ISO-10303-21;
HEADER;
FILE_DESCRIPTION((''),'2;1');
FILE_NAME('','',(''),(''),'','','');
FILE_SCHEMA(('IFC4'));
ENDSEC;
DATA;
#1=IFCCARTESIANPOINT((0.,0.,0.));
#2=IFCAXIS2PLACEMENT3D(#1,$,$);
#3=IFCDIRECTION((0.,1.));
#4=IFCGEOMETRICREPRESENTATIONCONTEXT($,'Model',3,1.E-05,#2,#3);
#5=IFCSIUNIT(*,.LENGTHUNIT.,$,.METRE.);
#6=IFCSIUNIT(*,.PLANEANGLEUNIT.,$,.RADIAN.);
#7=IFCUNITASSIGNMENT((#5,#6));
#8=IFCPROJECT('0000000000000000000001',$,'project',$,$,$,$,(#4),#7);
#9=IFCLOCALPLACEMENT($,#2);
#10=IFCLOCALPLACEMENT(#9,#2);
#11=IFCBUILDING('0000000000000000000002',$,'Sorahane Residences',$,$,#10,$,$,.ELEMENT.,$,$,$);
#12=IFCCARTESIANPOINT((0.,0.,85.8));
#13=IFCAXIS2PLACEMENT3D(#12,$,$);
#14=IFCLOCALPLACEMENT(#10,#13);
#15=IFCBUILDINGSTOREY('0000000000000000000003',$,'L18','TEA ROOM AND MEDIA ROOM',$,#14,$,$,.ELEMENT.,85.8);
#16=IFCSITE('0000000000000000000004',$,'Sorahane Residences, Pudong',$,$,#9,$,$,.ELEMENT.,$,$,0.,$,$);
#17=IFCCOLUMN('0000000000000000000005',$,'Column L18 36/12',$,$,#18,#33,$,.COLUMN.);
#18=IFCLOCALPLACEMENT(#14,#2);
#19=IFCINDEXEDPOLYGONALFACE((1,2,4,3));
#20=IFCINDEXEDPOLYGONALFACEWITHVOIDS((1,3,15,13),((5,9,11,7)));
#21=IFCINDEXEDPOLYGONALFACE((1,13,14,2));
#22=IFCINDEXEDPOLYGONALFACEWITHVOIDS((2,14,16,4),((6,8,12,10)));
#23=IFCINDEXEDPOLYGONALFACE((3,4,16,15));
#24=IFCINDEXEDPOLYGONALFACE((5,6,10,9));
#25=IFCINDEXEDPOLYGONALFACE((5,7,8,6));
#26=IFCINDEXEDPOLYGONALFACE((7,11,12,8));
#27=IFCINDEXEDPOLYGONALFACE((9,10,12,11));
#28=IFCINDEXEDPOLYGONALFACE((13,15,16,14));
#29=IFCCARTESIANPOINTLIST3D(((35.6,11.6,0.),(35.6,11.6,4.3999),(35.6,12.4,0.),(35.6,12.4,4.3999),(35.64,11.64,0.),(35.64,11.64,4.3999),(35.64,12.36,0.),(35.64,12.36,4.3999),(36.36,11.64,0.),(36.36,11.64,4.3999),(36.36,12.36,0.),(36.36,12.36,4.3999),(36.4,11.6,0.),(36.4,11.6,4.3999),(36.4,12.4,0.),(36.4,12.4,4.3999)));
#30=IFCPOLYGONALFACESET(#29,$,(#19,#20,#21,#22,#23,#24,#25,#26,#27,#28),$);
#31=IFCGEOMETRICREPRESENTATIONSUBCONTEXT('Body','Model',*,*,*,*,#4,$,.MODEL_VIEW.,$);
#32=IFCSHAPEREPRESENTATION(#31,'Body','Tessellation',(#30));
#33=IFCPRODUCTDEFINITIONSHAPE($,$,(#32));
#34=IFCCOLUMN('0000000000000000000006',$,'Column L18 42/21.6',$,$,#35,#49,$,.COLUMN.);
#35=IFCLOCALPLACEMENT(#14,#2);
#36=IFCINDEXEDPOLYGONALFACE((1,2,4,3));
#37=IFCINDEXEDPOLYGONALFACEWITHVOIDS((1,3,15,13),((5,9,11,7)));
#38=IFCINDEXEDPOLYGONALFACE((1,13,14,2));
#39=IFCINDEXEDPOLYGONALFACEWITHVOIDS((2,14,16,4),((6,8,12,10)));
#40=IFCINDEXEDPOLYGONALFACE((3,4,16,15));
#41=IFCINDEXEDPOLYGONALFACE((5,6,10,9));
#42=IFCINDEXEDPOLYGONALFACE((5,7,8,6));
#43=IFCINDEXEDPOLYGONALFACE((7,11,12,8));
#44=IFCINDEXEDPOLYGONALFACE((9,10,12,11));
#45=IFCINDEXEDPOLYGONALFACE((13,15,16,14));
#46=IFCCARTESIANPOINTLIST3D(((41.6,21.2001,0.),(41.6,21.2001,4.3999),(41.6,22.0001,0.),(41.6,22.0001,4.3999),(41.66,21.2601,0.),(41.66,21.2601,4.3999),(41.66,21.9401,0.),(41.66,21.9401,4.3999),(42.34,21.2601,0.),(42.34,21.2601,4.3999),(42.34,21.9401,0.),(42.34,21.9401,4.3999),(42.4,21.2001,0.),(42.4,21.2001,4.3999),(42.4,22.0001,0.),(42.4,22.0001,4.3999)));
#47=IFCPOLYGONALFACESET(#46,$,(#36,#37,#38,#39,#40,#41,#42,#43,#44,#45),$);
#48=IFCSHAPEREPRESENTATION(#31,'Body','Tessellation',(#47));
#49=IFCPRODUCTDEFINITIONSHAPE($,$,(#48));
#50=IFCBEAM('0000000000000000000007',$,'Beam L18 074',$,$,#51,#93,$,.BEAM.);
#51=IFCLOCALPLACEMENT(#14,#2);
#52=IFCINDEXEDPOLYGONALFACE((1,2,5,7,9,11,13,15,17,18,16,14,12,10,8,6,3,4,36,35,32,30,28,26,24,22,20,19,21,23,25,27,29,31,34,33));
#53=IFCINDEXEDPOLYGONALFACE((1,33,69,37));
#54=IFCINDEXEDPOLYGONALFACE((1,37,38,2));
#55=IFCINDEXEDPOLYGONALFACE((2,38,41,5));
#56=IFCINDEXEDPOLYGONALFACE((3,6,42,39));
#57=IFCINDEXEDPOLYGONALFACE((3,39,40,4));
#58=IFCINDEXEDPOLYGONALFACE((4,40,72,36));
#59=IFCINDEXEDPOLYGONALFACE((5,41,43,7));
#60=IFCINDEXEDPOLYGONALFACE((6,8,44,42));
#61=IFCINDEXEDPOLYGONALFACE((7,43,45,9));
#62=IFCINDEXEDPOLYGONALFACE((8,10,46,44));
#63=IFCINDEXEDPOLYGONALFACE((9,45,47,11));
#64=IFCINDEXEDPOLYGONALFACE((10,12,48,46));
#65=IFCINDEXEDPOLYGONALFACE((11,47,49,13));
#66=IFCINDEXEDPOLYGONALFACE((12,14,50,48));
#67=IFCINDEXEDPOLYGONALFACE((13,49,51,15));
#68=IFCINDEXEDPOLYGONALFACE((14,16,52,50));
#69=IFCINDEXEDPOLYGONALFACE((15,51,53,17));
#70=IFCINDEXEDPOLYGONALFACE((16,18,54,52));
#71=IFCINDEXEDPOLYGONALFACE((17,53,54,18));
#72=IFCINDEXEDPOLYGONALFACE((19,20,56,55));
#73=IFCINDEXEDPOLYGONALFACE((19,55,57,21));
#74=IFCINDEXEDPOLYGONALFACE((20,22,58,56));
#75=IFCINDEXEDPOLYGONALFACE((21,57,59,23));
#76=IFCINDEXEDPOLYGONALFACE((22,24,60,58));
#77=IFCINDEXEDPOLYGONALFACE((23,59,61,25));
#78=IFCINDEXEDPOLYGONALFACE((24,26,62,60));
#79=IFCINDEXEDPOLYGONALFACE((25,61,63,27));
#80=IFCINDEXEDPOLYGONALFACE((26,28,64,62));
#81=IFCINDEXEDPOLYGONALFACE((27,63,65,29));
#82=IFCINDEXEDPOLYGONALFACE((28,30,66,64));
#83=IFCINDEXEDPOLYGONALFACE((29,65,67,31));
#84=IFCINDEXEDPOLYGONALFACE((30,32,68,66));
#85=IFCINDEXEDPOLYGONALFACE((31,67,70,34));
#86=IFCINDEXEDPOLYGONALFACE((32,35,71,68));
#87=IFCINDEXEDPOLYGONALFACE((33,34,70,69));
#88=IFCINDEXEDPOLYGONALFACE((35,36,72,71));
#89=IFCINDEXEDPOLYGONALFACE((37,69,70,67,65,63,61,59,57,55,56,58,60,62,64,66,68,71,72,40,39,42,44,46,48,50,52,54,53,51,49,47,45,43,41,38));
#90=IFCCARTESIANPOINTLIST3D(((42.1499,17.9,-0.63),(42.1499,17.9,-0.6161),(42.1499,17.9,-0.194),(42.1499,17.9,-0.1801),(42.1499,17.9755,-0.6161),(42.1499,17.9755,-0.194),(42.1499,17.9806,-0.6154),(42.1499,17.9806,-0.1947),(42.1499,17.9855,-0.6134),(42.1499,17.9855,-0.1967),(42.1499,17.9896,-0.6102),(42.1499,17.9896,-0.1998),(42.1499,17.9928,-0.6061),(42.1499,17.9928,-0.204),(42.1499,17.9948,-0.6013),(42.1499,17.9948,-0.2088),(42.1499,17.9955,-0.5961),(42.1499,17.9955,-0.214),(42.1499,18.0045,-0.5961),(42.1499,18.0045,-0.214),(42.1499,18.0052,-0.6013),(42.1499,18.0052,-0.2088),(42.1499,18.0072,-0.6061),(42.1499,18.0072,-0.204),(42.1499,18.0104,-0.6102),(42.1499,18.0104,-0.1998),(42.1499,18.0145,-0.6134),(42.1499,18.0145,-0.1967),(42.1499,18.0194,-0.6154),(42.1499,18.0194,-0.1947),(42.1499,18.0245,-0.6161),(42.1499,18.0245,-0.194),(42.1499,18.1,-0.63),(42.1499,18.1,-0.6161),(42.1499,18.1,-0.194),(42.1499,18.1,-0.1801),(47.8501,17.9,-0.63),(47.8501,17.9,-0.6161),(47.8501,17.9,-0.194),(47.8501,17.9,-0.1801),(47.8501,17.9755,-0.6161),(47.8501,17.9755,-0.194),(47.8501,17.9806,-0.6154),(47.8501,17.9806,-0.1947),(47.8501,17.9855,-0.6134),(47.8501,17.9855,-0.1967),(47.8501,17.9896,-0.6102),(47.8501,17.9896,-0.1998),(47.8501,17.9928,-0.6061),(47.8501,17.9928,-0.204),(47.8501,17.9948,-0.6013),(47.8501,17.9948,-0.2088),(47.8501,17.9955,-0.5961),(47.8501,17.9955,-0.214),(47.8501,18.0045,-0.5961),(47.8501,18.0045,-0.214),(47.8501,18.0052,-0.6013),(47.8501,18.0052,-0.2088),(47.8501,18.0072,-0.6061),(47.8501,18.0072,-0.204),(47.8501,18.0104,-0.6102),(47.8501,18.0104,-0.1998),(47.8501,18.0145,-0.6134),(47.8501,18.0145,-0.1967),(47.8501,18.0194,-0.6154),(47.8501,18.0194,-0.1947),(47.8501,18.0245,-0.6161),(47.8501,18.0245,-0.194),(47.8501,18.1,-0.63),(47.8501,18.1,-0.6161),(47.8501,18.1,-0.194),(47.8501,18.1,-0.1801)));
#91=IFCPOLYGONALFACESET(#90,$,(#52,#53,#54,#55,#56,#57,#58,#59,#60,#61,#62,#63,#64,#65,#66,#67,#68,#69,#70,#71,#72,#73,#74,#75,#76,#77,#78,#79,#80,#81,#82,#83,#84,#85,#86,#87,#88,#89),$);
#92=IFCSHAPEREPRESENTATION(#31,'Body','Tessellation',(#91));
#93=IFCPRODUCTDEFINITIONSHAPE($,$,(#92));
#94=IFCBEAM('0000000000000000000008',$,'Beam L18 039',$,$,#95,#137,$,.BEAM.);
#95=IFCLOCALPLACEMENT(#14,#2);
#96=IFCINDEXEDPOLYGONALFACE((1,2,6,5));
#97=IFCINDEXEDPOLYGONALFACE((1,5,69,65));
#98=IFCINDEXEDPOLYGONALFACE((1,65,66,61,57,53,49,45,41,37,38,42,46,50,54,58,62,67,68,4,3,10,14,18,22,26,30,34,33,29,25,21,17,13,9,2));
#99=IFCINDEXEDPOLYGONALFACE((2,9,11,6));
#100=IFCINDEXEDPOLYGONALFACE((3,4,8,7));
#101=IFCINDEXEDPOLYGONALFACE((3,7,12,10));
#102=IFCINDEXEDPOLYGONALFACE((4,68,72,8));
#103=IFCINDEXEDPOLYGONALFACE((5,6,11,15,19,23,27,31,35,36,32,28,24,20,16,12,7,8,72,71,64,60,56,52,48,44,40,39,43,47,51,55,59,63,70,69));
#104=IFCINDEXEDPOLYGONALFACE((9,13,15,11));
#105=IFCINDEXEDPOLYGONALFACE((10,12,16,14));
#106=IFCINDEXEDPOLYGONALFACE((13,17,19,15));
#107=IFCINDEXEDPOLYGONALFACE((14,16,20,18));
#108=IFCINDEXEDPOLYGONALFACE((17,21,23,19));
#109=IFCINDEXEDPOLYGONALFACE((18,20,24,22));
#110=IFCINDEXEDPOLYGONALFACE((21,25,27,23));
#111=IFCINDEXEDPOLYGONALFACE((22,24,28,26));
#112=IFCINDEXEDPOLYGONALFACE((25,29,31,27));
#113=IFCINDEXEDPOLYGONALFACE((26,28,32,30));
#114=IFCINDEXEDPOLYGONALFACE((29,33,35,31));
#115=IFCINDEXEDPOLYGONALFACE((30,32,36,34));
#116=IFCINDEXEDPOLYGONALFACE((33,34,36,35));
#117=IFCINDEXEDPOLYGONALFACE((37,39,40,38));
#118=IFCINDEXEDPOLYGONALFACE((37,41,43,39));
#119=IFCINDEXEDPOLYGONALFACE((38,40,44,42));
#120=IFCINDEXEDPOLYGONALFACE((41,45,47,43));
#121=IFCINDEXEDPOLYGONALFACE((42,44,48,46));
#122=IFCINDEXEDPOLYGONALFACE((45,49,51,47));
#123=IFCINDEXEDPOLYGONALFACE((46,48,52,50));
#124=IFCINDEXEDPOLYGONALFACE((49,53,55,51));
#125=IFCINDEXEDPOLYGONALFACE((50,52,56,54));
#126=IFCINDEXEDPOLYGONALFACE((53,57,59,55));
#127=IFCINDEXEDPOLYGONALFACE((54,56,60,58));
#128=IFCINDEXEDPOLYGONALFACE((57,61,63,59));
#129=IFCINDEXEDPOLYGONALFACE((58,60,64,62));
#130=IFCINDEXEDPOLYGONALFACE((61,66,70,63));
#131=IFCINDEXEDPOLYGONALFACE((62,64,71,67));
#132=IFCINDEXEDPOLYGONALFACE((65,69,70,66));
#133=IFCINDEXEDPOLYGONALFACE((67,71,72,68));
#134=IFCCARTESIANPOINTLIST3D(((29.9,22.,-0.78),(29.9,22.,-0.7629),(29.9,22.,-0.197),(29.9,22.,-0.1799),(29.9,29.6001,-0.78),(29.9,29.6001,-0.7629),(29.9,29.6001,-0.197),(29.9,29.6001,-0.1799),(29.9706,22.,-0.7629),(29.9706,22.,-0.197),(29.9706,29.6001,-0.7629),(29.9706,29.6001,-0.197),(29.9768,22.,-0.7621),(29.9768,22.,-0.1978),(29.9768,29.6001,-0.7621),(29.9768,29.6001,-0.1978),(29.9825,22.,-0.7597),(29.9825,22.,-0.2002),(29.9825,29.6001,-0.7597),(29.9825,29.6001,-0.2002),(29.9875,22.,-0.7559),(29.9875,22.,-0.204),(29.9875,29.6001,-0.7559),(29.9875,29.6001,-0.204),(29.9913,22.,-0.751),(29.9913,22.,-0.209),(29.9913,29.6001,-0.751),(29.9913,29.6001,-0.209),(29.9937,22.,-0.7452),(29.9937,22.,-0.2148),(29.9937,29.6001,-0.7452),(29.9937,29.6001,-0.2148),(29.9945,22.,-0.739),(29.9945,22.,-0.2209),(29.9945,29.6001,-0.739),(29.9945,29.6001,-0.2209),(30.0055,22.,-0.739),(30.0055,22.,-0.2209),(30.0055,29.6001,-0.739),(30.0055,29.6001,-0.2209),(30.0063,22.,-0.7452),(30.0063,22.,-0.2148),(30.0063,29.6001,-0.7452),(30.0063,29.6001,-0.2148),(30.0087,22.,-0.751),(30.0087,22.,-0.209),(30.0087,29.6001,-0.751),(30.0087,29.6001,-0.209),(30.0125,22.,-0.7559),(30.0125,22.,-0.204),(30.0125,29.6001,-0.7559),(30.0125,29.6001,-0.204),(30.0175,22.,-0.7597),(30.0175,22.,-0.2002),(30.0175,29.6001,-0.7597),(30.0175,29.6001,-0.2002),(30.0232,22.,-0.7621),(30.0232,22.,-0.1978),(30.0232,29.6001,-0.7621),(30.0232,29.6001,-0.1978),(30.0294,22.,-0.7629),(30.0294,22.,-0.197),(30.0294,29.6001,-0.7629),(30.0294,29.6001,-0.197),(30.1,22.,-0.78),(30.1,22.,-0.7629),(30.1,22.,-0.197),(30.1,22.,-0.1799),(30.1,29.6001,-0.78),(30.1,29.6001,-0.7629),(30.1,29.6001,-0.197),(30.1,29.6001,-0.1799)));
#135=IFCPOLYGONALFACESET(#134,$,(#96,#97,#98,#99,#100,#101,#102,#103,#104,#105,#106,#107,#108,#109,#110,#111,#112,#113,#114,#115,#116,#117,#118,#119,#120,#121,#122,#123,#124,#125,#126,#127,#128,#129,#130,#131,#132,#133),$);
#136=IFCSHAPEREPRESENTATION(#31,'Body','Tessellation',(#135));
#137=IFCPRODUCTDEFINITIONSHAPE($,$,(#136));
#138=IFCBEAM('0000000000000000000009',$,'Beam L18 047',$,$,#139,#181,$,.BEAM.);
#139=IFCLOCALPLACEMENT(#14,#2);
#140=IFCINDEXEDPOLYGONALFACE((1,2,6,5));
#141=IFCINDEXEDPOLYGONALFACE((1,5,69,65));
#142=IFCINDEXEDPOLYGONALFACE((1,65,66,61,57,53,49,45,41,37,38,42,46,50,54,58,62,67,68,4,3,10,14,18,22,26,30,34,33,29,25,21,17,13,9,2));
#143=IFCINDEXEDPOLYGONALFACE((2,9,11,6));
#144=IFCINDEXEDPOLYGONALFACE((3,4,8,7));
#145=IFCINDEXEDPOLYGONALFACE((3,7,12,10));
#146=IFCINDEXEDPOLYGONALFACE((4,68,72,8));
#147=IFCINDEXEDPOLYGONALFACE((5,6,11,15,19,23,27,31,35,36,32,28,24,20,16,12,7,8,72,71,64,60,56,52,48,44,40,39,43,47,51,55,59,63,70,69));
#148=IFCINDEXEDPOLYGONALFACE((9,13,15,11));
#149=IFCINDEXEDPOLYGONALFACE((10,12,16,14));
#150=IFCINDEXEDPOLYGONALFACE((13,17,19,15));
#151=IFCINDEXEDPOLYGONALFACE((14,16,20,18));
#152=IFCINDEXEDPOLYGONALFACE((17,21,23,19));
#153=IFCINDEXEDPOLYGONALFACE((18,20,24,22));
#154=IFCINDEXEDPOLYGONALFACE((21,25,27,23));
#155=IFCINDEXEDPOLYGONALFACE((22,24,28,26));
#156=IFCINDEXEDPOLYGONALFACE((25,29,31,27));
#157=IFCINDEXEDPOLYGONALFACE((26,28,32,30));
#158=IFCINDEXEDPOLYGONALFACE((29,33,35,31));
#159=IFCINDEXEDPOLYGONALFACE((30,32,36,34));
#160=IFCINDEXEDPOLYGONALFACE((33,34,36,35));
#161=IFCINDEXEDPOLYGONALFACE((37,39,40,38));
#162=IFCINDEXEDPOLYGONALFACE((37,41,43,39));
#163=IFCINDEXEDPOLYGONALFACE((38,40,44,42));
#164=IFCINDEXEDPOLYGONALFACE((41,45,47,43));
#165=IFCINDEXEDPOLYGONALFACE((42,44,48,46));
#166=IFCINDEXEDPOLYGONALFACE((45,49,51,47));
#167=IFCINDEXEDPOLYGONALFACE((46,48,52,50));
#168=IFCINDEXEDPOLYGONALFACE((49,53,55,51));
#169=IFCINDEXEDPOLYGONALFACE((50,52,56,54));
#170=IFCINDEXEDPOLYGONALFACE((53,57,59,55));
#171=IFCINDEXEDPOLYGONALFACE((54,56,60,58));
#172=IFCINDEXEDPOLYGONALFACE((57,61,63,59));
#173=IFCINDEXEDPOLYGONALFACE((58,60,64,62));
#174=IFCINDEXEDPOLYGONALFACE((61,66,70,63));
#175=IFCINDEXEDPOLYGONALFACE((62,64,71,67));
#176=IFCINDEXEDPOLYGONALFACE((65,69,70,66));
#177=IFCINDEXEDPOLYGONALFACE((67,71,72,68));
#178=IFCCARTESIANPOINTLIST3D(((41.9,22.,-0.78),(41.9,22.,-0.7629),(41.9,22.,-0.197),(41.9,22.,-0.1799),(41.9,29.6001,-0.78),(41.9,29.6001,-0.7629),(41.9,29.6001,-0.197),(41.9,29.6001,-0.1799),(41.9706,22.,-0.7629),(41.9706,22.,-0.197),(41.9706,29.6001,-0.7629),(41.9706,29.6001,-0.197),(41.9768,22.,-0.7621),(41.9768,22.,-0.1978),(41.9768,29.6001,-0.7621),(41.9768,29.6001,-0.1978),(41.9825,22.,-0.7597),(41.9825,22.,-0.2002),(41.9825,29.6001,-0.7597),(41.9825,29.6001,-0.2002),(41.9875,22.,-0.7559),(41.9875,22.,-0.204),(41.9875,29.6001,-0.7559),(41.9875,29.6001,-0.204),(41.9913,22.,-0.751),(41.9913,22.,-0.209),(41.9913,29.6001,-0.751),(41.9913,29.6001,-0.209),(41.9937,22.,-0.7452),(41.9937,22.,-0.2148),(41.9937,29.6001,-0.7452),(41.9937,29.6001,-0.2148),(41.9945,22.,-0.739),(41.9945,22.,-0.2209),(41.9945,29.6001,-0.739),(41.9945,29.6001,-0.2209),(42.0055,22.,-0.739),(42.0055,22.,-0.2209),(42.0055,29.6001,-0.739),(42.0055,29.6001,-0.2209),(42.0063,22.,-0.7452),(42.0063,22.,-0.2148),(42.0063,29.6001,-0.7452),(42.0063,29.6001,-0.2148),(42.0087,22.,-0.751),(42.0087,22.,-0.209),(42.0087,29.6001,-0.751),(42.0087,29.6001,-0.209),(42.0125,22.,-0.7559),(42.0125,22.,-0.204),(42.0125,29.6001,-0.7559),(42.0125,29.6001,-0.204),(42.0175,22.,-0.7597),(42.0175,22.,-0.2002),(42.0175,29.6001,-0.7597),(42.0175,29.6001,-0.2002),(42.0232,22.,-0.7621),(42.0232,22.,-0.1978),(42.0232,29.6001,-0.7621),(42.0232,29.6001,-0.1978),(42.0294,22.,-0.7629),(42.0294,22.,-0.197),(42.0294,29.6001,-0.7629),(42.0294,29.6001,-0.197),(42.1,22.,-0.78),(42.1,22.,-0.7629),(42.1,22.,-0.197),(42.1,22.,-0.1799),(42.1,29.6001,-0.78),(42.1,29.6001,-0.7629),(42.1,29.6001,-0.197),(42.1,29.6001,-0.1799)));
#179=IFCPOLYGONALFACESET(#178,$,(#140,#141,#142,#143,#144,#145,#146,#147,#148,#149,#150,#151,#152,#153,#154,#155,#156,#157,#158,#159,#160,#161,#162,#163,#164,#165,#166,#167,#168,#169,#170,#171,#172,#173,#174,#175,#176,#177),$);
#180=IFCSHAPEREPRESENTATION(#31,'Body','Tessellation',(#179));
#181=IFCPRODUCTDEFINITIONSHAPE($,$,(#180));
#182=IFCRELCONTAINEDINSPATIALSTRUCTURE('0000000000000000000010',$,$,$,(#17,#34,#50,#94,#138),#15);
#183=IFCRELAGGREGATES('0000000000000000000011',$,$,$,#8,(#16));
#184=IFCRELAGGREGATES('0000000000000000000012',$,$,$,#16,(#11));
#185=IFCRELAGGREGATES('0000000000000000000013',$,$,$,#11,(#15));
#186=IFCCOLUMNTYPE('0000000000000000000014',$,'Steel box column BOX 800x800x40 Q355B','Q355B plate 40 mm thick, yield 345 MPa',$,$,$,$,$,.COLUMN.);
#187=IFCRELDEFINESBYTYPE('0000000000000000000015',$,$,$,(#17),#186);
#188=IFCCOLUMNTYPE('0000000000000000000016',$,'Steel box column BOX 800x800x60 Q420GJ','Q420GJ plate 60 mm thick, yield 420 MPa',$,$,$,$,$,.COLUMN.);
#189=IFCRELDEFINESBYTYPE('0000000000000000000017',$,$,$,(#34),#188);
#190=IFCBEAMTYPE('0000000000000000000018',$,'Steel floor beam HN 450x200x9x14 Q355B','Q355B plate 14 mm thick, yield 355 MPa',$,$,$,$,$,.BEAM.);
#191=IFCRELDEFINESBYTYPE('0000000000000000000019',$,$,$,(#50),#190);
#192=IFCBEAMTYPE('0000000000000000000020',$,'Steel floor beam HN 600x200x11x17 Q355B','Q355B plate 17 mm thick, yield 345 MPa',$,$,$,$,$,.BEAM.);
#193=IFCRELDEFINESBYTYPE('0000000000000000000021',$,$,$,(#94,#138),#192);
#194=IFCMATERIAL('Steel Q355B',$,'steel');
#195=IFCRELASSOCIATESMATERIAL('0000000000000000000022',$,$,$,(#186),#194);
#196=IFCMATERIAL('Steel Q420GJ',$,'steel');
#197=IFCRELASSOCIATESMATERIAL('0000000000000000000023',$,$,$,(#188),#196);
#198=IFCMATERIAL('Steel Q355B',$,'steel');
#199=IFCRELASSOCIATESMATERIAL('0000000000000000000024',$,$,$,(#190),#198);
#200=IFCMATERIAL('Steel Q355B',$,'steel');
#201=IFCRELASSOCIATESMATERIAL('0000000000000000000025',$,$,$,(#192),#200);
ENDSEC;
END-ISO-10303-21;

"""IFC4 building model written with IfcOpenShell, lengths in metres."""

from ifc_helpers import new_model, si_unit, direction, frame, origin, origin_2d, place, context, subcontext, project, spatial, hollow_rectangle, i_section, extrude, material, material_profile, profile_set, type_object, element, save


model = new_model("IFC4")

# Units and contexts
model_context = context("Model", 3, precision=1e-05, world=origin(), true_north=direction((0.0, 1.0)))
body_context = subcontext(model_context, "Body", "Model", "MODEL_VIEW")
ifc_project = project(units=[si_unit("LENGTHUNIT", "METRE"), si_unit("PLANEANGLEUNIT", "RADIAN")], contexts=[model_context])

# Site, building, storey
site_placement = place(None, origin())
site = spatial("IfcSite", under=ifc_project, at=site_placement, Name="Sorahane Residences, Pudong", CompositionType="ELEMENT", RefElevation=0.0)
building_placement = place(site_placement, origin())
building = spatial("IfcBuilding", under=site, at=building_placement, Name="Sorahane Residences", CompositionType="ELEMENT")
storey_placement = place(building_placement, frame((0.0, 0.0, 85.8)))
storey = spatial("IfcBuildingStorey", under=building, at=storey_placement, Name="L18", Description="TEA ROOM AND MEDIA ROOM", CompositionType="ELEMENT", Elevation=85.8)

# Columns
ifc_material_1 = material(Name="Steel Q355B", Category="steel")
ifc_material_profile_1 = material_profile(ifc_material_1, hollow_rectangle(XDim=0.8, YDim=0.8, WallThickness=0.04, at=origin_2d()), Name="BOX 800x800x40")
ifc_profile_set_1 = profile_set([ifc_material_profile_1], Name="Steel Q355B")
column_type_1 = type_object("IfcColumnType", Name="Steel box column BOX 800x800x40 Q355B", Description="Q355B plate 40 mm thick, yield 345 MPa", PredefinedType="COLUMN", material=ifc_profile_set_1)
column_1_placement = place(storey_placement, frame((36.0, 12.0, 0.0), z_axis=(0.0, 0.0, 1.0), x_axis=(1.0, 0.0, 0.0)))
element("IfcColumn", 1, at=column_1_placement, inside=storey, type_object=column_type_1, Name="Column L18 36/12", PredefinedType="COLUMN", context=body_context, shape_type="SweptSolid", body=[
    extrude(hollow_rectangle(XDim=0.8, YDim=0.8, WallThickness=0.04, at=origin_2d()), origin(), (0.0, 0.0, 1.0), 4.3999),
])
ifc_material_2 = material(Name="Steel Q420GJ", Category="steel")
ifc_material_profile_2 = material_profile(ifc_material_2, hollow_rectangle(XDim=0.8, YDim=0.8, WallThickness=0.0601, at=origin_2d()), Name="BOX 800x800x60")
ifc_profile_set_2 = profile_set([ifc_material_profile_2], Name="Steel Q420GJ")
column_type_2 = type_object("IfcColumnType", Name="Steel box column BOX 800x800x60 Q420GJ", Description="Q420GJ plate 60 mm thick, yield 420 MPa", PredefinedType="COLUMN", material=ifc_profile_set_2)
column_2_placement = place(storey_placement, frame((42.0, 21.6001, 0.0), z_axis=(0.0, 0.0, 1.0), x_axis=(1.0, 0.0, 0.0)))
element("IfcColumn", 2, at=column_2_placement, inside=storey, type_object=column_type_2, Name="Column L18 42/21.6", PredefinedType="COLUMN", context=body_context, shape_type="SweptSolid", body=[
    extrude(hollow_rectangle(XDim=0.8, YDim=0.8, WallThickness=0.0601, at=origin_2d()), origin(), (0.0, 0.0, 1.0), 4.3999),
])

# Beams
ifc_material_3 = material(Name="Steel Q355B", Category="steel")
ifc_material_profile_3 = material_profile(ifc_material_3, i_section(OverallWidth=0.2, OverallDepth=0.45, WebThickness=0.009, FlangeThickness=0.0139, FilletRadius=0.02, at=origin_2d()), Name="HN 450x200x9x14")
ifc_profile_set_3 = profile_set([ifc_material_profile_3], Name="Steel Q355B")
beam_type_1 = type_object("IfcBeamType", Name="Steel floor beam HN 450x200x9x14 Q355B", Description="Q355B plate 14 mm thick, yield 355 MPa", PredefinedType="BEAM", material=ifc_profile_set_3)
beam_1_placement = place(storey_placement, frame((42.1499, 18.0, -0.405), z_axis=(1.0, 0.0, 0.0), x_axis=(0.0, 1.0, 0.0)))
element("IfcBeam", 3, at=beam_1_placement, inside=storey, type_object=beam_type_1, Name="Beam L18 074", PredefinedType="BEAM", context=body_context, shape_type="SweptSolid", body=[
    extrude(i_section(OverallWidth=0.2, OverallDepth=0.45, WebThickness=0.009, FlangeThickness=0.0139, FilletRadius=0.02, at=origin_2d()), origin(), (0.0, 0.0, 1.0), 5.7002),
])
ifc_material_4 = material(Name="Steel Q355B", Category="steel")
ifc_material_profile_4 = material_profile(ifc_material_4, i_section(OverallWidth=0.2, OverallDepth=0.6001, WebThickness=0.011, FlangeThickness=0.0171, FilletRadius=0.0239, at=origin_2d()), Name="HN 600x200x11x17")
ifc_profile_set_4 = profile_set([ifc_material_profile_4], Name="Steel Q355B")
beam_type_2 = type_object("IfcBeamType", Name="Steel floor beam HN 600x200x11x17 Q355B", Description="Q355B plate 17 mm thick, yield 345 MPa", PredefinedType="BEAM", material=ifc_profile_set_4)
for number, where, z_axis, x_axis, name in (
    (4, (30.0, 22.0, -0.48), (0.0, 1.0, 0.0), (-1.0, 0.0, 0.0), "Beam L18 039"),
    (5, (42.0, 22.0, -0.48), (0.0, 1.0, 0.0), (-1.0, 0.0, 0.0), "Beam L18 047"),
):
    element("IfcBeam", number, at=place(storey_placement, frame(where, z_axis=z_axis, x_axis=x_axis)), inside=storey, type_object=beam_type_2, Name=name, PredefinedType="BEAM", context=body_context, shape_type="SweptSolid", body=[
        extrude(i_section(OverallWidth=0.2, OverallDepth=0.6001, WebThickness=0.011, FlangeThickness=0.0171, FilletRadius=0.0239, at=origin_2d()), origin(), (0.0, 0.0, 1.0), 7.6001),
    ])

save(model, "model.ifc")
